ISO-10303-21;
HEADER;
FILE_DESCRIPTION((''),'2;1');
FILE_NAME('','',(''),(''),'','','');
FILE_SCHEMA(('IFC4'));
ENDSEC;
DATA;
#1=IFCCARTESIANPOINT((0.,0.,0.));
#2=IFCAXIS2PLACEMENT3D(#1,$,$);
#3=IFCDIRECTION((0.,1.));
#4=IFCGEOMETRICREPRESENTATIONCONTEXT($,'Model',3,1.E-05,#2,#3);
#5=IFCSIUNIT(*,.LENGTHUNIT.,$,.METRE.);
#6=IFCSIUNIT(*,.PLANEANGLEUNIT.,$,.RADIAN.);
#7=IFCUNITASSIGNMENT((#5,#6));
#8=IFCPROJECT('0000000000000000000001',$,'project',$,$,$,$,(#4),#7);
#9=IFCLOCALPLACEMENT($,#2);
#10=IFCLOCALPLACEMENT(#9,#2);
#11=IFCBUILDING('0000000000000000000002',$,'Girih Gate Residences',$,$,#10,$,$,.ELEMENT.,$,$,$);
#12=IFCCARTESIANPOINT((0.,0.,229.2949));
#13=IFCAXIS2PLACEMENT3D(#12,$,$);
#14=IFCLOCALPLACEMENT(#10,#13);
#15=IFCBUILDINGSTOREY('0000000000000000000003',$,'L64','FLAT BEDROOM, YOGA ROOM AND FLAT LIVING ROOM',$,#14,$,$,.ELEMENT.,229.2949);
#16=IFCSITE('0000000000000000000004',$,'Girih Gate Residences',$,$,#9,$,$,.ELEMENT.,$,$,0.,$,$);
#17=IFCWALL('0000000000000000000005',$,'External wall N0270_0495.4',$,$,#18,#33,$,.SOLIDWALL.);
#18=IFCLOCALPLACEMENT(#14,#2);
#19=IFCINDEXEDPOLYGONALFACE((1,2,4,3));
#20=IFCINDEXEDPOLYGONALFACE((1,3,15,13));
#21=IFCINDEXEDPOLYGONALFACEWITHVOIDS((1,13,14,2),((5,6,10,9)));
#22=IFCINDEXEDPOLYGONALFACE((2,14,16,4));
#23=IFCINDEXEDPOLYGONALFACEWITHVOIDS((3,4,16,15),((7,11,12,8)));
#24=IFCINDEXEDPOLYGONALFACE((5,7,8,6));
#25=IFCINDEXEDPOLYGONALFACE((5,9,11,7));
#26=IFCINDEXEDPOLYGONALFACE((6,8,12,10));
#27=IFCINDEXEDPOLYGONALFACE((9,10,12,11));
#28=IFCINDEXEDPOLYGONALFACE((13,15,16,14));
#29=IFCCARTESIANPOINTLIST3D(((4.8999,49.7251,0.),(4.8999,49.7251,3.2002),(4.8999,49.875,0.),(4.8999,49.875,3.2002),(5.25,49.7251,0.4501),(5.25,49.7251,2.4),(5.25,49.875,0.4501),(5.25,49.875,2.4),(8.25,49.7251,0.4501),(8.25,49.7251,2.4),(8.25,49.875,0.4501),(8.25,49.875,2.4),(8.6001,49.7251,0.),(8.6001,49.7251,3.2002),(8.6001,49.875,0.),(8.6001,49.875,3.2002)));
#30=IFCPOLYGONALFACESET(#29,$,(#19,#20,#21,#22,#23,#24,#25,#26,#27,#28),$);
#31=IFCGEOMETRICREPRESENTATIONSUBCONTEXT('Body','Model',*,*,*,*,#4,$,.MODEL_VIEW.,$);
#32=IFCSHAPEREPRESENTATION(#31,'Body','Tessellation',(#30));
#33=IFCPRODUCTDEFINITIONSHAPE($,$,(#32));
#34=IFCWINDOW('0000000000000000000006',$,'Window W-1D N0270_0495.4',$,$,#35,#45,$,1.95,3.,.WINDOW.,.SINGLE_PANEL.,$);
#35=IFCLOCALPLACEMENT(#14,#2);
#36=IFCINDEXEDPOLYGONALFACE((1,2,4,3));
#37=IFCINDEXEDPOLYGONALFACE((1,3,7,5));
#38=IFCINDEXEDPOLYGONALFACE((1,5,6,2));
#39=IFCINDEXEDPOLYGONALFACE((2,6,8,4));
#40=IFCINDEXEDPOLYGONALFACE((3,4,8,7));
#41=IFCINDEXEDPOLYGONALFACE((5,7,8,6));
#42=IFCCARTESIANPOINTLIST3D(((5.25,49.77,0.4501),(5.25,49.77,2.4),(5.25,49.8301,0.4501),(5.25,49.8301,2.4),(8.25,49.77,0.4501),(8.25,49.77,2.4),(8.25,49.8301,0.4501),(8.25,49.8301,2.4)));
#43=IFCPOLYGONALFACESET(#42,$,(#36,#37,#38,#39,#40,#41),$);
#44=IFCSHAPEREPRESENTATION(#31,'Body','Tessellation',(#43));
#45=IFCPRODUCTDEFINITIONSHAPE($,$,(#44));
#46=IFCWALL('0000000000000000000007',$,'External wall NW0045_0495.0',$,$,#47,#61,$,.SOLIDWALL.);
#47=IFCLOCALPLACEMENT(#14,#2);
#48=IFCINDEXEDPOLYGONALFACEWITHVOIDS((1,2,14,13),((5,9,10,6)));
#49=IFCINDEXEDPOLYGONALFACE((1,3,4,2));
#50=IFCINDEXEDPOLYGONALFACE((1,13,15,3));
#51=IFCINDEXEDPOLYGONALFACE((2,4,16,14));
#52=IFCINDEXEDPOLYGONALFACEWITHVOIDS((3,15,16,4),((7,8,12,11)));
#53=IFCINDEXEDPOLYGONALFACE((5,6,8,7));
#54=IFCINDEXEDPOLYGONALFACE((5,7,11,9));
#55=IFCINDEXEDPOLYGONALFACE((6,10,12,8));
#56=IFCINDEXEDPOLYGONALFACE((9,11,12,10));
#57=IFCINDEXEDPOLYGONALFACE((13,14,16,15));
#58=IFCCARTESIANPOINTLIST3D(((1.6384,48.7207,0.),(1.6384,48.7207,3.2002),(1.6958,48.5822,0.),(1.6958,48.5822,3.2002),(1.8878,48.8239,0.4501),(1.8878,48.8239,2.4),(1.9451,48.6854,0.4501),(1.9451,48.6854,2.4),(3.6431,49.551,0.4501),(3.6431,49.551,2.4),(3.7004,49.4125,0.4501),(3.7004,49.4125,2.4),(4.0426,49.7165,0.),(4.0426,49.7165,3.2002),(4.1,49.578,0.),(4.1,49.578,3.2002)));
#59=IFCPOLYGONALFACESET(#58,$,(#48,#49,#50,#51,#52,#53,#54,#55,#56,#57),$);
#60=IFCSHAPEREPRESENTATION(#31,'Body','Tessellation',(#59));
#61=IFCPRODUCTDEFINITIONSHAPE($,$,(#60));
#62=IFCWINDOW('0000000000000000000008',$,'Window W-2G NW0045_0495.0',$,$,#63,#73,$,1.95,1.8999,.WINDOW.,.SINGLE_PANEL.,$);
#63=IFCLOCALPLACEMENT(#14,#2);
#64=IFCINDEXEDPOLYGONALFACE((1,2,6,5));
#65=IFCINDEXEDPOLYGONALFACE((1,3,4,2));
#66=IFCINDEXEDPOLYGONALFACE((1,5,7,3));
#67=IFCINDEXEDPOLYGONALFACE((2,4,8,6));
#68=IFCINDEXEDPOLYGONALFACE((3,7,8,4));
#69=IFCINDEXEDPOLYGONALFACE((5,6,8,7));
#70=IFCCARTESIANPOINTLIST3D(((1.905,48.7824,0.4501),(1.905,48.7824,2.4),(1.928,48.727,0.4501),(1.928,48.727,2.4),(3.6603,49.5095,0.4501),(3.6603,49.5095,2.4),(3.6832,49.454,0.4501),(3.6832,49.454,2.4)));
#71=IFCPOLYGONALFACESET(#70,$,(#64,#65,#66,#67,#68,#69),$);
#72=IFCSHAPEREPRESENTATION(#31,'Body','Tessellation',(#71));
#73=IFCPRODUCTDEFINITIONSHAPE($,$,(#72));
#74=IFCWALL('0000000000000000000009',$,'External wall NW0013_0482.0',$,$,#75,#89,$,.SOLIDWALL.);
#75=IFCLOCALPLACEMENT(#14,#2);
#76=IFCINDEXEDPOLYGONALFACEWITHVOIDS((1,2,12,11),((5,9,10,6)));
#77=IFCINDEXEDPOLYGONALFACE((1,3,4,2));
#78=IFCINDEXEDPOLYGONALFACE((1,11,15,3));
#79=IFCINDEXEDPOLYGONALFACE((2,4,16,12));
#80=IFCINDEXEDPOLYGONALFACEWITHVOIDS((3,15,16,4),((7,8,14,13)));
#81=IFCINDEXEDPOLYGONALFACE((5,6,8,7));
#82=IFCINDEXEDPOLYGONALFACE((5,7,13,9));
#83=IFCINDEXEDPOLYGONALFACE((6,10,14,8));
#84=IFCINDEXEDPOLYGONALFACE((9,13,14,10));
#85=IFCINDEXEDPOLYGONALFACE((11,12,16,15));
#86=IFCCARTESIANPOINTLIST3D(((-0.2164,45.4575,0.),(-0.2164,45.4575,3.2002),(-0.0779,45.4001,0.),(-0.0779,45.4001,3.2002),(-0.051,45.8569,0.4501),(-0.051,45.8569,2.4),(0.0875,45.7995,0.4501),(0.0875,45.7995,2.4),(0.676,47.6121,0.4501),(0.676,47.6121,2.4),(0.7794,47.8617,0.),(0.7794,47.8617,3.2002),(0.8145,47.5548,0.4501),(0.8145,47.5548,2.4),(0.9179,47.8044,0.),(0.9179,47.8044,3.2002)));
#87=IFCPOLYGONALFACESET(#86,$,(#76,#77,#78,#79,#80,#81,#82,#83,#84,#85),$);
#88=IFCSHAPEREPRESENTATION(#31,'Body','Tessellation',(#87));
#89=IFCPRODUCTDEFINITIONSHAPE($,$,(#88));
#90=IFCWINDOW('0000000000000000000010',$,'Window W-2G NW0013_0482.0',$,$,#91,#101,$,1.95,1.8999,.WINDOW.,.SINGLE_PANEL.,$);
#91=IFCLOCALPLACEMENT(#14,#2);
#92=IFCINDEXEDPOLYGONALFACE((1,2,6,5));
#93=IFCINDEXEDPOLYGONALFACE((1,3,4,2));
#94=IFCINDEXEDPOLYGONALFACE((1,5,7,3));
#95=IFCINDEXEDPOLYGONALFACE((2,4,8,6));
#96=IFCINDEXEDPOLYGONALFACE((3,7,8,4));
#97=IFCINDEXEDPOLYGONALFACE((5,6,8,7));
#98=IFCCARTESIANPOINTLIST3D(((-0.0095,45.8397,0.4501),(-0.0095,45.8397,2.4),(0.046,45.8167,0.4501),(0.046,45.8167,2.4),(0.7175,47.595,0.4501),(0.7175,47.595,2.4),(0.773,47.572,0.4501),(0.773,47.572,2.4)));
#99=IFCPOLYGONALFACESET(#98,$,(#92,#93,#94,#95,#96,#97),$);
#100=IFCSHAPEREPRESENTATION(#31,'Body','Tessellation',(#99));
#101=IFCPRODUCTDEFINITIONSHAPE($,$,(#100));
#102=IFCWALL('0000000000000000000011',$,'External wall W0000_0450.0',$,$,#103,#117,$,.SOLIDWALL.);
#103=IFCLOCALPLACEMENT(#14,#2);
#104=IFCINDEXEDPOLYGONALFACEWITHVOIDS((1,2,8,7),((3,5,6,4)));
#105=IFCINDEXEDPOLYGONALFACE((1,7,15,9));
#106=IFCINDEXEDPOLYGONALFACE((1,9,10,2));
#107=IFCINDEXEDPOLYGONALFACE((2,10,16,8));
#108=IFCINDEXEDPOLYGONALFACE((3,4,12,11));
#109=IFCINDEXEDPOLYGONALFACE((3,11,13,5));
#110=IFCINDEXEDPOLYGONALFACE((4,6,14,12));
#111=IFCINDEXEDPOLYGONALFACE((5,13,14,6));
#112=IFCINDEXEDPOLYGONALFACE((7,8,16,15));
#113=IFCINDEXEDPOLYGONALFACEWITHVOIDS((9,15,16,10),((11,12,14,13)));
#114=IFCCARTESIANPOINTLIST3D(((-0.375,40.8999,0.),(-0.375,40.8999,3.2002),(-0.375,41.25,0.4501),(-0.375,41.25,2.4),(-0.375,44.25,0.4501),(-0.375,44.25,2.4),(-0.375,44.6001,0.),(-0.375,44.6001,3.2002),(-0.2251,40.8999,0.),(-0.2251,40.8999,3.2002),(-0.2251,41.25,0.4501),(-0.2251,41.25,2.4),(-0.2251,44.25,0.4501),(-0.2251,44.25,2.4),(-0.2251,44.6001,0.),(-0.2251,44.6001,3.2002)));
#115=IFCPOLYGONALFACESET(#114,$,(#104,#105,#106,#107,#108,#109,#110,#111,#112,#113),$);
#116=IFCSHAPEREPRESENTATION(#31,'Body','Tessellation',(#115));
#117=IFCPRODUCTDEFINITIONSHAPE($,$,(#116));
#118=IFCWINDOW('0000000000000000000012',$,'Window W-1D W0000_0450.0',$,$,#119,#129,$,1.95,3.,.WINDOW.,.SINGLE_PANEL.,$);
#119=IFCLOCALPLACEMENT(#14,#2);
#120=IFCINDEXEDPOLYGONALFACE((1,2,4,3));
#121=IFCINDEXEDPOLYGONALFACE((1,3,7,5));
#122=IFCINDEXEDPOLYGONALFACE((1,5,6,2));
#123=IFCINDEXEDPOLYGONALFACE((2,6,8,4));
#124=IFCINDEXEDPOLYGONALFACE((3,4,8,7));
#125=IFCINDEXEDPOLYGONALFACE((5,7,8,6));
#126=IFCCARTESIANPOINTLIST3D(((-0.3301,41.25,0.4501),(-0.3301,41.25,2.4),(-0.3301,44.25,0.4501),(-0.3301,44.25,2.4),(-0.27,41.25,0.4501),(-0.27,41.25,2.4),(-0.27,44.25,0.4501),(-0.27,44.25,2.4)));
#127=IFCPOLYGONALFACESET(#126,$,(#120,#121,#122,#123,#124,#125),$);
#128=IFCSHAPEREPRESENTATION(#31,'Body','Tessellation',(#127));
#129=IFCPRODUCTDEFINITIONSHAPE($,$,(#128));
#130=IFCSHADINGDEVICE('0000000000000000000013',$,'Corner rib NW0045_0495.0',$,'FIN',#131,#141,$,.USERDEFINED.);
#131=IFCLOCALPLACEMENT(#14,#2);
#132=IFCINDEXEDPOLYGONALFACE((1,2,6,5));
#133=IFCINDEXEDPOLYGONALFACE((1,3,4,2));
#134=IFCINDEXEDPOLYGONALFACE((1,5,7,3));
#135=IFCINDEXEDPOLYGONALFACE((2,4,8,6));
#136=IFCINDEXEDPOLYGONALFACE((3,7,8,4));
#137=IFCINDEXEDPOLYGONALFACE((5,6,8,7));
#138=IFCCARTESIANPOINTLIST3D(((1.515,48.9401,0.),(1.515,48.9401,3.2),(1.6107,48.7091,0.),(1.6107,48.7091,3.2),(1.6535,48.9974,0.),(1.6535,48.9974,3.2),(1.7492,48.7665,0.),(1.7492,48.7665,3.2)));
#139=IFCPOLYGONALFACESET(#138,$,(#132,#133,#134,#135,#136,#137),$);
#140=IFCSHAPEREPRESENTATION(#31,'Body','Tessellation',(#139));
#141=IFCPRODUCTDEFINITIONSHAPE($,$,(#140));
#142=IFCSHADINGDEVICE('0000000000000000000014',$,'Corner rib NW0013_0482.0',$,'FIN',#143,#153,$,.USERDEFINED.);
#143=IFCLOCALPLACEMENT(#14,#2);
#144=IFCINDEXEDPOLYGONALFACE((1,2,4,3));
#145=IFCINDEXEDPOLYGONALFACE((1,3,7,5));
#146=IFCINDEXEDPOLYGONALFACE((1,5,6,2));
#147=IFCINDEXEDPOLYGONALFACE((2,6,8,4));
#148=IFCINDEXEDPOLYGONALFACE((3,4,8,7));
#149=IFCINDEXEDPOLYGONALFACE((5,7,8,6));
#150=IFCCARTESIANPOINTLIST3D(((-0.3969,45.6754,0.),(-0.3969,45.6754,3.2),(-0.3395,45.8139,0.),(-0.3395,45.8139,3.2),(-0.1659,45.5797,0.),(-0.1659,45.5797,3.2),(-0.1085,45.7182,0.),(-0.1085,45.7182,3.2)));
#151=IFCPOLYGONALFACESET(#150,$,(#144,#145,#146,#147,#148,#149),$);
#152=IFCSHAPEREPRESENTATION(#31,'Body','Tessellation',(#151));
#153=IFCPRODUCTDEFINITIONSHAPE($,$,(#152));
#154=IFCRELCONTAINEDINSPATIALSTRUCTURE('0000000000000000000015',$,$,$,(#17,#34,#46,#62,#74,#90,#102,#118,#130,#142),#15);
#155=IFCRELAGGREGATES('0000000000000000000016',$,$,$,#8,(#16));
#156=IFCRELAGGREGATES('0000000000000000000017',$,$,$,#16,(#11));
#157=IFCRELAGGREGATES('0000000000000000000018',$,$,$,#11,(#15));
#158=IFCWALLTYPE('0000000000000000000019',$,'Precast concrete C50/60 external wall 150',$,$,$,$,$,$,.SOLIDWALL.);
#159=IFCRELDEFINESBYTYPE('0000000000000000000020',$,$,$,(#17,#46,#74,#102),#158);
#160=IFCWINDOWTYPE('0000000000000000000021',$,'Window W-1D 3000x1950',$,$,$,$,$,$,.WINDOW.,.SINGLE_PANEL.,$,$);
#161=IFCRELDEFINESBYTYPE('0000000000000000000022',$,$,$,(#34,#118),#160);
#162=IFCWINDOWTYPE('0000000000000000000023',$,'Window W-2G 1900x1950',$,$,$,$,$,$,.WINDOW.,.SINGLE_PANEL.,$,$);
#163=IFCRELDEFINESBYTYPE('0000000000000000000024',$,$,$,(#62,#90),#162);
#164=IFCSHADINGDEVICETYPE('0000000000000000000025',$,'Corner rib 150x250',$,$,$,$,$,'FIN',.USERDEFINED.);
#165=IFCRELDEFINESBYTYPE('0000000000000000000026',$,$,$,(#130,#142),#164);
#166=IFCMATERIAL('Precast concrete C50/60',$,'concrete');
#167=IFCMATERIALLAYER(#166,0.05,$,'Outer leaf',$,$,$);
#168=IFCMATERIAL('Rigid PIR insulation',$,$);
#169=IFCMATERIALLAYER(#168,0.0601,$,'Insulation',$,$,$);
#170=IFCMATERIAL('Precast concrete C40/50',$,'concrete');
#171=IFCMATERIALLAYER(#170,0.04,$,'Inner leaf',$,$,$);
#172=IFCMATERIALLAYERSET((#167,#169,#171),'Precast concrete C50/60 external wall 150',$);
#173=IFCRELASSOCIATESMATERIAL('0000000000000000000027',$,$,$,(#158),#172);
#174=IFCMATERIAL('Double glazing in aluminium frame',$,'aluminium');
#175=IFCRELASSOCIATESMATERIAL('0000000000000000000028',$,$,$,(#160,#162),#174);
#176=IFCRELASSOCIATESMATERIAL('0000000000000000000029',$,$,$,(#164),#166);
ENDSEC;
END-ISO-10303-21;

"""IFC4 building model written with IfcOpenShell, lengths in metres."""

from ifc_helpers import new_model, si_unit, direction, frame, frame_2d, origin, origin_2d, place, context, subcontext, project, spatial, rectangle, extrude, material, layer, layer_set, type_object, element, fill, save


model = new_model("IFC4")

# Units and contexts
model_context = context("Model", 3, precision=1e-05, world=origin(), true_north=direction((0.0, 1.0)))
body_context = subcontext(model_context, "Body", "Model", "MODEL_VIEW")
ifc_project = project(units=[si_unit("LENGTHUNIT", "METRE"), si_unit("PLANEANGLEUNIT", "RADIAN")], contexts=[model_context])

# Site, building, storey
site_placement = place(None, origin())
site = spatial("IfcSite", under=ifc_project, at=site_placement, Name="Girih Gate Residences", CompositionType="ELEMENT", RefElevation=0.0)
building_placement = place(site_placement, origin())
building = spatial("IfcBuilding", under=site, at=building_placement, Name="Girih Gate Residences", CompositionType="ELEMENT")
storey_placement = place(building_placement, frame((0.0, 0.0, 229.2949)))
storey = spatial("IfcBuildingStorey", under=building, at=storey_placement, Name="L64", Description="FLAT BEDROOM, YOGA ROOM AND FLAT LIVING ROOM", CompositionType="ELEMENT", Elevation=229.2949)

# Walls, openings, windows
ifc_material_1 = material(Name="Precast concrete C50/60", Category="concrete")
ifc_layer_1 = layer(ifc_material_1, 0.05, Name="Outer leaf")
ifc_material_2 = material(Name="Rigid PIR insulation")
ifc_layer_2 = layer(ifc_material_2, 0.0601, Name="Insulation")
ifc_material_3 = material(Name="Precast concrete C40/50", Category="concrete")
ifc_layer_3 = layer(ifc_material_3, 0.04, Name="Inner leaf")
ifc_layer_set_1 = layer_set([ifc_layer_1, ifc_layer_2, ifc_layer_3], Name="Precast concrete C50/60 external wall 150")
wall_type_1 = type_object("IfcWallType", Name="Precast concrete C50/60 external wall 150", PredefinedType="SOLIDWALL", material=ifc_layer_set_1)
wall_1_placement = place(storey_placement, frame((4.8999, 49.8, 0.0), z_axis=(0.0, 0.0, 1.0), x_axis=(1.0, 0.0, 0.0)))
wall_1 = element("IfcWall", 1, at=wall_1_placement, inside=storey, type_object=wall_type_1, Name="External wall N0270_0495.4", PredefinedType="SOLIDWALL", context=body_context, shape_type="SweptSolid", body=[
    extrude(rectangle(XDim=3.7002, YDim=0.1499, at=frame_2d((1.8501, 0.0))), origin(), (0.0, 0.0, 1.0), 3.2002),
])
opening_1_placement = place(wall_1_placement, frame((0.3501, 0.0, 0.45)))
opening_1 = element("IfcOpeningElement", 2, at=opening_1_placement, cuts=wall_1, PredefinedType="OPENING", context=body_context, shape_type="SweptSolid", body=[
    extrude(rectangle(XDim=3.0, YDim=1.95, at=frame_2d((1.5, 0.9751))), frame((0.0, 0.085, 0.0), z_axis=(0.0, -1.0, 0.0), x_axis=(1.0, 0.0, 0.0)), (0.0, 0.0, 1.0), 0.1699),
])
ifc_material_4 = material(Name="Double glazing in aluminium frame", Category="aluminium")
window_type_1 = type_object("IfcWindowType", Name="Window W-1D 3000x1950", PartitioningType="SINGLE_PANEL", PredefinedType="WINDOW", material=ifc_material_4)
window_1_placement = place(opening_1_placement, origin())
window_1 = element("IfcWindow", 3, at=window_1_placement, inside=storey, type_object=window_type_1, Name="Window W-1D N0270_0495.4", OverallHeight=1.95, OverallWidth=3.0, PartitioningType="SINGLE_PANEL", PredefinedType="WINDOW", context=body_context, shape_type="SweptSolid", body=[
    extrude(rectangle(XDim=3.0, YDim=1.95, at=frame_2d((1.5, 0.9751))), frame((0.0, 0.03, 0.0), z_axis=(0.0, -1.0, 0.0), x_axis=(1.0, 0.0, 0.0)), (0.0, 0.0, 1.0), 0.0601),
])
fill(opening_1, window_1)
wall_2_placement = place(storey_placement, frame((1.667, 48.6514, 0.0), z_axis=(0.0, 0.0, 1.0), x_axis=(0.923885, 0.382669, 0.0)))
wall_2 = element("IfcWall", 4, at=wall_2_placement, inside=storey, type_object=wall_type_1, Name="External wall NW0045_0495.0", PredefinedType="SOLIDWALL", context=body_context, shape_type="SweptSolid", body=[
    extrude(rectangle(XDim=2.6023, YDim=0.1499, at=frame_2d((1.3013, 0.0))), origin(), (0.0, 0.0, 1.0), 3.2002),
])
opening_2_placement = place(wall_2_placement, frame((0.27, 0.0, 0.45)))
opening_2 = element("IfcOpeningElement", 5, at=opening_2_placement, cuts=wall_2, PredefinedType="OPENING", context=body_context, shape_type="SweptSolid", body=[
    extrude(rectangle(XDim=1.8999, YDim=1.95, at=frame_2d((0.95, 0.9751))), frame((0.0, 0.085, 0.0), z_axis=(0.0, -1.0, 0.0), x_axis=(1.0, 0.0, 0.0)), (0.0, 0.0, 1.0), 0.1699),
])
window_type_2 = type_object("IfcWindowType", Name="Window W-2G 1900x1950", PartitioningType="SINGLE_PANEL", PredefinedType="WINDOW", material=ifc_material_4)
window_2_placement = place(opening_2_placement, origin())
window_2 = element("IfcWindow", 6, at=window_2_placement, inside=storey, type_object=window_type_2, Name="Window W-2G NW0045_0495.0", OverallHeight=1.95, OverallWidth=1.8999, PartitioningType="SINGLE_PANEL", PredefinedType="WINDOW", context=body_context, shape_type="SweptSolid", body=[
    extrude(rectangle(XDim=1.8999, YDim=1.95, at=frame_2d((0.95, 0.9751))), frame((0.0, 0.03, 0.0), z_axis=(0.0, -1.0, 0.0), x_axis=(1.0, 0.0, 0.0)), (0.0, 0.0, 1.0), 0.0601),
])
fill(opening_2, window_2)
wall_3_placement = place(storey_placement, frame((-0.1472, 45.4287, 0.0), z_axis=(0.0, 0.0, 1.0), x_axis=(0.382669, 0.923885, 0.0)))
wall_3 = element("IfcWall", 7, at=wall_3_placement, inside=storey, type_object=wall_type_1, Name="External wall NW0013_0482.0", PredefinedType="SOLIDWALL", context=body_context, shape_type="SweptSolid", body=[
    extrude(rectangle(XDim=2.6023, YDim=0.1499, at=frame_2d((1.3013, 0.0))), origin(), (0.0, 0.0, 1.0), 3.2002),
])
opening_3_placement = place(wall_3_placement, frame((0.4324, 0.0, 0.45)))
opening_3 = element("IfcOpeningElement", 8, at=opening_3_placement, cuts=wall_3, PredefinedType="OPENING", context=body_context, shape_type="SweptSolid", body=[
    extrude(rectangle(XDim=1.8999, YDim=1.95, at=frame_2d((0.95, 0.9751))), frame((0.0, 0.085, 0.0), z_axis=(0.0, -1.0, 0.0), x_axis=(1.0, 0.0, 0.0)), (0.0, 0.0, 1.0), 0.1699),
])
window_3_placement = place(opening_3_placement, origin())
window_3 = element("IfcWindow", 9, at=window_3_placement, inside=storey, type_object=window_type_2, Name="Window W-2G NW0013_0482.0", OverallHeight=1.95, OverallWidth=1.8999, PartitioningType="SINGLE_PANEL", PredefinedType="WINDOW", context=body_context, shape_type="SweptSolid", body=[
    extrude(rectangle(XDim=1.8999, YDim=1.95, at=frame_2d((0.95, 0.9751))), frame((0.0, 0.03, 0.0), z_axis=(0.0, -1.0, 0.0), x_axis=(1.0, 0.0, 0.0)), (0.0, 0.0, 1.0), 0.0601),
])
fill(opening_3, window_3)
wall_4_placement = place(storey_placement, frame((-0.3, 40.8999, 0.0), z_axis=(0.0, 0.0, 1.0), x_axis=(0.0, 1.0, 0.0)))
wall_4 = element("IfcWall", 10, at=wall_4_placement, inside=storey, type_object=wall_type_1, Name="External wall W0000_0450.0", PredefinedType="SOLIDWALL", context=body_context, shape_type="SweptSolid", body=[
    extrude(rectangle(XDim=3.7002, YDim=0.1499, at=frame_2d((1.8501, 0.0))), origin(), (0.0, 0.0, 1.0), 3.2002),
])
opening_4_placement = place(wall_4_placement, frame((0.3501, 0.0, 0.45)))
opening_4 = element("IfcOpeningElement", 11, at=opening_4_placement, cuts=wall_4, PredefinedType="OPENING", context=body_context, shape_type="SweptSolid", body=[
    extrude(rectangle(XDim=3.0, YDim=1.95, at=frame_2d((1.5, 0.9751))), frame((0.0, 0.085, 0.0), z_axis=(0.0, -1.0, 0.0), x_axis=(1.0, 0.0, 0.0)), (0.0, 0.0, 1.0), 0.1699),
])
window_4_placement = place(opening_4_placement, origin())
window_4 = element("IfcWindow", 12, at=window_4_placement, inside=storey, type_object=window_type_1, Name="Window W-1D W0000_0450.0", OverallHeight=1.95, OverallWidth=3.0, PartitioningType="SINGLE_PANEL", PredefinedType="WINDOW", context=body_context, shape_type="SweptSolid", body=[
    extrude(rectangle(XDim=3.0, YDim=1.95, at=frame_2d((1.5, 0.9751))), frame((0.0, 0.03, 0.0), z_axis=(0.0, -1.0, 0.0), x_axis=(1.0, 0.0, 0.0)), (0.0, 0.0, 1.0), 0.0601),
])
fill(opening_4, window_4)

# Shading devices
shading_device_type = type_object("IfcShadingDeviceType", Name="Corner rib 150x250", ElementType="FIN", PredefinedType="USERDEFINED", material=ifc_material_1)
for number, where, z_axis, x_axis, name in (
    (13, (1.6321, 48.8533, 0.0), (0.0, 0.0, 1.0), (-0.92388, -0.382683, 0.0), "Corner rib NW0045_0495.0"),
    (14, (-0.2527, 45.6968, 0.0), (0.0, 0.0, 1.0), (-0.382683, -0.92388, 0.0), "Corner rib NW0013_0482.0"),
):
    element("IfcShadingDevice", number, at=place(storey_placement, frame(where, z_axis=z_axis, x_axis=x_axis)), inside=storey, type_object=shading_device_type, Name=name, ObjectType="FIN", PredefinedType="USERDEFINED", context=body_context, shape_type="SweptSolid", body=[
        extrude(rectangle(XDim=0.1499, YDim=0.25, at=origin_2d()), origin(), (0.0, 0.0, 1.0), 3.2),
    ])

save(model, "model.ifc")
